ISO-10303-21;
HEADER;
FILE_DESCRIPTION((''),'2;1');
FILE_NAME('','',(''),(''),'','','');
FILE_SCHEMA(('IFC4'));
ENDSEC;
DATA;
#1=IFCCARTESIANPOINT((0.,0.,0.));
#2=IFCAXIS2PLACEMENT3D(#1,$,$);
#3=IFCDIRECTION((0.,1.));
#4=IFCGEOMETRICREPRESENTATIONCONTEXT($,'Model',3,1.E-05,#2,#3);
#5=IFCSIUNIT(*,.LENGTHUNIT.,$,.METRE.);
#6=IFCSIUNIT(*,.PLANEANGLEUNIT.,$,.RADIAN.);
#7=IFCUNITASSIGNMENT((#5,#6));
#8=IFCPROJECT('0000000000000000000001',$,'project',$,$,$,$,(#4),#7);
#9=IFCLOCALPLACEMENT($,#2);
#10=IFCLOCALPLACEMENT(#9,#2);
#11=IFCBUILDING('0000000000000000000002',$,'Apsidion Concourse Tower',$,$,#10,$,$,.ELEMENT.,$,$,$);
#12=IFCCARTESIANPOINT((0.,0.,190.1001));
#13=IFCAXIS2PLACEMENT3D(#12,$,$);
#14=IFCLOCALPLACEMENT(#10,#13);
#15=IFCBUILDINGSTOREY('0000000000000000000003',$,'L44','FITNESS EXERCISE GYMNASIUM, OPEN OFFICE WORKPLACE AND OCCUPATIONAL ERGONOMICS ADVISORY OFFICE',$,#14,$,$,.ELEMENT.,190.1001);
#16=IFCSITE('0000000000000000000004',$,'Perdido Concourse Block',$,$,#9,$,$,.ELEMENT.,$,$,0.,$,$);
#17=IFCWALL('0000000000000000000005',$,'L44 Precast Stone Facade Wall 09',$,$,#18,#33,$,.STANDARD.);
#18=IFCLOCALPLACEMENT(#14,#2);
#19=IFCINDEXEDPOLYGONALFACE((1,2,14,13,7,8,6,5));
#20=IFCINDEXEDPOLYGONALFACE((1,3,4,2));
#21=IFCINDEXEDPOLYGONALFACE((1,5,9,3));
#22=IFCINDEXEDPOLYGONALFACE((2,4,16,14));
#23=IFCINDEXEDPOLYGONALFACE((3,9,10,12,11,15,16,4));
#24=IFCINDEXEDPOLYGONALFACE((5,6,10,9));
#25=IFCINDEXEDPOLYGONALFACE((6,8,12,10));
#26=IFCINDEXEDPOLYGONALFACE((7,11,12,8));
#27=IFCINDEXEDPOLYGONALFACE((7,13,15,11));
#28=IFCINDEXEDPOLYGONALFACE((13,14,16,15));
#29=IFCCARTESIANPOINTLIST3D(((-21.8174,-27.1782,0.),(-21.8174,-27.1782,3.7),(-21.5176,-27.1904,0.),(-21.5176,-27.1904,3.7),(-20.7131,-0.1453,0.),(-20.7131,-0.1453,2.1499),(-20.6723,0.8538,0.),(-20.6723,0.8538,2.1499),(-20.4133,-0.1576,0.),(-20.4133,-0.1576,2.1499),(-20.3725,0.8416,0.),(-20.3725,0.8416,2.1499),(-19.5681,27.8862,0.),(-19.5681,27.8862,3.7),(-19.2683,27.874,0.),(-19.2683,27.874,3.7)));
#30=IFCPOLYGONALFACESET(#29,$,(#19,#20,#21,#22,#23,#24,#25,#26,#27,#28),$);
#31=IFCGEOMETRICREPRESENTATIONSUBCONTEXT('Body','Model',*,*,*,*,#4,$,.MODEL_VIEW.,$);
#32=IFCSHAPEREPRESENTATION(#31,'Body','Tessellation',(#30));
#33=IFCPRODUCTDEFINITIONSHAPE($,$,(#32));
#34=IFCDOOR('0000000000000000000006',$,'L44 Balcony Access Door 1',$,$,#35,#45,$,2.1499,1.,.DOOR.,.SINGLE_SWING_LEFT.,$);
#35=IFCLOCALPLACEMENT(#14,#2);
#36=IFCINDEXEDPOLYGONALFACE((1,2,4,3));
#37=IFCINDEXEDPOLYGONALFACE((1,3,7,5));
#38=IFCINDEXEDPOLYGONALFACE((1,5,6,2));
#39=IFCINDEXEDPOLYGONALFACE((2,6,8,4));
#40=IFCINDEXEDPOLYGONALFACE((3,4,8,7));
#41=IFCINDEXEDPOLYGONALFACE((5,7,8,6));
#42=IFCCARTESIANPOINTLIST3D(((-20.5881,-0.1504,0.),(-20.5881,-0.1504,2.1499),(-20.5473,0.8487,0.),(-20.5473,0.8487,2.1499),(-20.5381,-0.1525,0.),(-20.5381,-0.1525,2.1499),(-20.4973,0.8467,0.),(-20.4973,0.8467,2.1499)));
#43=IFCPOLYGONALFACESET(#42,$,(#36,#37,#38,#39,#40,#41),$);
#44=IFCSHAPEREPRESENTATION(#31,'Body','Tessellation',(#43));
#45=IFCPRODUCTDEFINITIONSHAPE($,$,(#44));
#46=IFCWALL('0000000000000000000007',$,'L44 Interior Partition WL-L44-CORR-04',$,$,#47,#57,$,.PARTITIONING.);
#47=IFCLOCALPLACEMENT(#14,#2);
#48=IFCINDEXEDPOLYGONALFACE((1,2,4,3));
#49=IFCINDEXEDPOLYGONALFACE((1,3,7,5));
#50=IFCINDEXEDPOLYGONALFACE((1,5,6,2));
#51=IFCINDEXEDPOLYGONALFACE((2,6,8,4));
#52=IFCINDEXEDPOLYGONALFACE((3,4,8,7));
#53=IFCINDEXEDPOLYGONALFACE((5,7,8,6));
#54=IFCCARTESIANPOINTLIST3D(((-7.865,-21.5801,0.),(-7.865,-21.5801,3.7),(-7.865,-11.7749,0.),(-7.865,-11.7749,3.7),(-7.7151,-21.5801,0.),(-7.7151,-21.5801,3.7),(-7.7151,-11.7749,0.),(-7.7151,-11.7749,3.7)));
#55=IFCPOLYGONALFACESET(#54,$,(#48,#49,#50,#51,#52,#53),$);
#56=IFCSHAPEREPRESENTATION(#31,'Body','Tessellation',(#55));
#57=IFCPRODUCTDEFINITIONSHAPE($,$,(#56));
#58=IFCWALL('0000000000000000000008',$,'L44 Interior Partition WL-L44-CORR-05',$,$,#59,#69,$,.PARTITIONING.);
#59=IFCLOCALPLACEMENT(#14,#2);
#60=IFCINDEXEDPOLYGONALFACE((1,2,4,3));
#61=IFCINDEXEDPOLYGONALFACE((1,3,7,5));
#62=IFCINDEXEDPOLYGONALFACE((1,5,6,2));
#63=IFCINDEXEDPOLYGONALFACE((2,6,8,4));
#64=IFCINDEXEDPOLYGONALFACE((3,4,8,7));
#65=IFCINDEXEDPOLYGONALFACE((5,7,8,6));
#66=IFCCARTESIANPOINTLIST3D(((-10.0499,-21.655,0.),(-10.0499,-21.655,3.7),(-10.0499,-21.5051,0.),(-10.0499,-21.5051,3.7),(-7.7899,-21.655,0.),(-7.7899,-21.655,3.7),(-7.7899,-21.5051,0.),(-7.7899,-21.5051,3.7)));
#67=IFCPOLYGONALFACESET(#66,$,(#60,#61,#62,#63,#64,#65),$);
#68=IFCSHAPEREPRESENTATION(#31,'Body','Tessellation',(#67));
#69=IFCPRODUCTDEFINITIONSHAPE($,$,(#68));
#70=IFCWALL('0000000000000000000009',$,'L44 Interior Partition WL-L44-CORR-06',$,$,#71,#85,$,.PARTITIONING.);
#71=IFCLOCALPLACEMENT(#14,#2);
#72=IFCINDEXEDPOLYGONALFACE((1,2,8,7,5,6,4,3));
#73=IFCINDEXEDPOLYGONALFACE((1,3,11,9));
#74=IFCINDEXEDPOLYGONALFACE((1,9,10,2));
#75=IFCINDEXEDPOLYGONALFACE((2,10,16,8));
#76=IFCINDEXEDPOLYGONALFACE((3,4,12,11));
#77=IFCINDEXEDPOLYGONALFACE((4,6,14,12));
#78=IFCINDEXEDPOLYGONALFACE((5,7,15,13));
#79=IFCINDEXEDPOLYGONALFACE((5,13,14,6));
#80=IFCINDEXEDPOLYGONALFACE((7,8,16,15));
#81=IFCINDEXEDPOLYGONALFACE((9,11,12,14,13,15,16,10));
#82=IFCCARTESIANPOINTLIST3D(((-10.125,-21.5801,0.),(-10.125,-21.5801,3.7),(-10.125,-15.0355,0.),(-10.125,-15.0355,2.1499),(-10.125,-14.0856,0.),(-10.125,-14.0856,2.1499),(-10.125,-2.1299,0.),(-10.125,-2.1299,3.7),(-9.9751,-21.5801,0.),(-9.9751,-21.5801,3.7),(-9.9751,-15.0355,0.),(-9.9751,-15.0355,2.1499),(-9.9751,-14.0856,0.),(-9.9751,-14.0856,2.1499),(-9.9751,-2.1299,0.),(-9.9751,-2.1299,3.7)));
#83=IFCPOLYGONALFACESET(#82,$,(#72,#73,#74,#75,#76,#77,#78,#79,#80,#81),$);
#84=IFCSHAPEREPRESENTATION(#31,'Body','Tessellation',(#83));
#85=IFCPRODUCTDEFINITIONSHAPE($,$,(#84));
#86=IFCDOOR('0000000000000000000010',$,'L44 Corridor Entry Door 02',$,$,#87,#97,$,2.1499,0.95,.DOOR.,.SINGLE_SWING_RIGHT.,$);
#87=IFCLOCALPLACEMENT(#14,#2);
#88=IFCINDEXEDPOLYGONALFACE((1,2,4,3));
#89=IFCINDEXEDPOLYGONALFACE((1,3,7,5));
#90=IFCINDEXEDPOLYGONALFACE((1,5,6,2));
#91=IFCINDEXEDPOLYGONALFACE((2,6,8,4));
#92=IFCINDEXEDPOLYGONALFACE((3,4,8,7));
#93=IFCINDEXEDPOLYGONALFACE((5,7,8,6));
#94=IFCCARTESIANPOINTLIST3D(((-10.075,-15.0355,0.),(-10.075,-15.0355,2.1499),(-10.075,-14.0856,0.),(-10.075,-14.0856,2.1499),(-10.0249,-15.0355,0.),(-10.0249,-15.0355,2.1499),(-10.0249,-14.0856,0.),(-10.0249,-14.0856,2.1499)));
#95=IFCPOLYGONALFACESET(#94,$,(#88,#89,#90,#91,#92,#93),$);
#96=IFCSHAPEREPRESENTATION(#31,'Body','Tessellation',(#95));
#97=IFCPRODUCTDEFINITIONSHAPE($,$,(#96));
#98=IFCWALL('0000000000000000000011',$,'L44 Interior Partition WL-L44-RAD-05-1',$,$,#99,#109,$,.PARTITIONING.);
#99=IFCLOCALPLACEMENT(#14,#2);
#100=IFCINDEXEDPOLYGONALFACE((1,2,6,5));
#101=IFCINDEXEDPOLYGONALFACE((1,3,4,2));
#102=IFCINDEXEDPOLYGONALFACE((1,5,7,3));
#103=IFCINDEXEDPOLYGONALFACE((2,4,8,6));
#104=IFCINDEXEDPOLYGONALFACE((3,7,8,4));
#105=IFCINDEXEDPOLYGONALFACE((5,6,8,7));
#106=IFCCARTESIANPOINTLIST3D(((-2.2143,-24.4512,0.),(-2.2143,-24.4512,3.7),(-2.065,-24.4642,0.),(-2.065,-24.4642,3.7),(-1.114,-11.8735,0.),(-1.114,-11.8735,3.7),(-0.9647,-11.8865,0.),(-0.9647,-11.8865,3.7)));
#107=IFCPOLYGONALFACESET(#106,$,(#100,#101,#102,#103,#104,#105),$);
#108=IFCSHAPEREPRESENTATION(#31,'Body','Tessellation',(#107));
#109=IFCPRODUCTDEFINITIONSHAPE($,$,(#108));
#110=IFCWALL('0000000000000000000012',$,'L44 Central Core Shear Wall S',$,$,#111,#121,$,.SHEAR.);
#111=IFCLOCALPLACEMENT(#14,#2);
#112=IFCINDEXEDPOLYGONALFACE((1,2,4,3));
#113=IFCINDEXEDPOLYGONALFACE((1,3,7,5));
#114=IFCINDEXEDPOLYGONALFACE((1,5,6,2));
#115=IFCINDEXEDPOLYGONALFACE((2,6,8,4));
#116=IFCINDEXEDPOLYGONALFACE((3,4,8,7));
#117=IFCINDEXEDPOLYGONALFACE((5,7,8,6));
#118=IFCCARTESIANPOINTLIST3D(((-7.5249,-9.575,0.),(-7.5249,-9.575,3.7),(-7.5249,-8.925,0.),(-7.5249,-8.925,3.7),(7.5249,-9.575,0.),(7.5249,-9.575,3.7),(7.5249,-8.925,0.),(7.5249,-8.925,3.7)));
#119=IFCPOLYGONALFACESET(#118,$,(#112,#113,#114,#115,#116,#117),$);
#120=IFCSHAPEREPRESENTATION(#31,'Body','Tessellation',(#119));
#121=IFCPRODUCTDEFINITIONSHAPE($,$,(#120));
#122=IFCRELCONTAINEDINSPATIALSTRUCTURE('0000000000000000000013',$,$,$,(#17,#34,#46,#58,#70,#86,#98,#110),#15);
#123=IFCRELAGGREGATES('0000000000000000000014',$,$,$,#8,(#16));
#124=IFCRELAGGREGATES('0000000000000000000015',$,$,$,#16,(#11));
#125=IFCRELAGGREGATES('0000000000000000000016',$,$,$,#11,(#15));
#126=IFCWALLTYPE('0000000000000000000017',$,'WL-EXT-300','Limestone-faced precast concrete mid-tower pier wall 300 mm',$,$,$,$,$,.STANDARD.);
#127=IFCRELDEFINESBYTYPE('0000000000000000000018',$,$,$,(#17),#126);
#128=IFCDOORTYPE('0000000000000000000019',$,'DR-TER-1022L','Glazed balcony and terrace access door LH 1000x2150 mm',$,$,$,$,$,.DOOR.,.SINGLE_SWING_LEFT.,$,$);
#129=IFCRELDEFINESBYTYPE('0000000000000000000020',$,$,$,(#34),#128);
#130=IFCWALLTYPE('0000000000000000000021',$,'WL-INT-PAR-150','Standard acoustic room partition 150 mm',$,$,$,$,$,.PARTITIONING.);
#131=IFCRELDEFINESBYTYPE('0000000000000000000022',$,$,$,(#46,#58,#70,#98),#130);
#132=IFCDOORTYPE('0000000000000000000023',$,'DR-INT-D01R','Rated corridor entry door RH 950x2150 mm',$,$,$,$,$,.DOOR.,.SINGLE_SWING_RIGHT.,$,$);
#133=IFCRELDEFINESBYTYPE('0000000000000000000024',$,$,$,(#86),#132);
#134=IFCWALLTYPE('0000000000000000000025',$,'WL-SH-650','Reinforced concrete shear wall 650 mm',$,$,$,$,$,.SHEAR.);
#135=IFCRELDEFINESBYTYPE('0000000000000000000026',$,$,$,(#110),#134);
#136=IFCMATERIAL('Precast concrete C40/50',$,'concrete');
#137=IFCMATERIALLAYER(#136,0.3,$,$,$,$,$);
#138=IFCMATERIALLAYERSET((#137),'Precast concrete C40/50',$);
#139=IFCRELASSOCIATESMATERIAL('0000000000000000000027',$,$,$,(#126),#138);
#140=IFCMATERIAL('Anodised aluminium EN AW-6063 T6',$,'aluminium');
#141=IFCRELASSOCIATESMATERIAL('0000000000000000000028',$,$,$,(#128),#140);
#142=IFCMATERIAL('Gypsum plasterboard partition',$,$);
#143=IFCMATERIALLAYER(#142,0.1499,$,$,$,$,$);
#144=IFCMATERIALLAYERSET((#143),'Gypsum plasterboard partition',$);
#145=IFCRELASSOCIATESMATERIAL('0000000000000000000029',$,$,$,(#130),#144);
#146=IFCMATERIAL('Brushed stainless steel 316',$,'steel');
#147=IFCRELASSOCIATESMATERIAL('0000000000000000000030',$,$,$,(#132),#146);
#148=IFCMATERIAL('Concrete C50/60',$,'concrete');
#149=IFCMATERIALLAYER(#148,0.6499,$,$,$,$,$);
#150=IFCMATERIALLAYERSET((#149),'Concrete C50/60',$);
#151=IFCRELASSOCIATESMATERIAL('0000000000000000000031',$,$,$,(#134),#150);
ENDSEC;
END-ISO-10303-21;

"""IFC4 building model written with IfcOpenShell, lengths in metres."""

from ifc_helpers import new_model, si_unit, direction, frame, frame_2d, origin, place, context, subcontext, project, spatial, rectangle, extrude, material, layer, layer_set, type_object, element, fill, save


model = new_model("IFC4")

# Units and contexts
model_context = context("Model", 3, precision=1e-05, world=origin(), true_north=direction((0.0, 1.0)))
body_context = subcontext(model_context, "Body", "Model", "MODEL_VIEW")
ifc_project = project(units=[si_unit("LENGTHUNIT", "METRE"), si_unit("PLANEANGLEUNIT", "RADIAN")], contexts=[model_context])

# Site, building, storey
site_placement = place(None, origin())
site = spatial("IfcSite", under=ifc_project, at=site_placement, Name="Perdido Concourse Block", CompositionType="ELEMENT", RefElevation=0.0)
building_placement = place(site_placement, origin())
building = spatial("IfcBuilding", under=site, at=building_placement, Name="Apsidion Concourse Tower", CompositionType="ELEMENT")
storey_placement = place(building_placement, frame((0.0, 0.0, 190.1001)))
storey = spatial("IfcBuildingStorey", under=building, at=storey_placement, Name="L44", Description="FITNESS EXERCISE GYMNASIUM, OPEN OFFICE WORKPLACE AND OCCUPATIONAL ERGONOMICS ADVISORY OFFICE", CompositionType="ELEMENT", Elevation=190.1001)

# Shared definitions
ifc_material_1 = material(Name="Concrete C50/60", Category="concrete")

# Shared definitions
ifc_material_2 = material(Name="Precast concrete C40/50", Category="concrete")
ifc_layer_1 = layer(ifc_material_2, 0.3)
ifc_layer_set_1 = layer_set([ifc_layer_1], Name="Precast concrete C40/50")
wall_type_1 = type_object("IfcWallType", Name="WL-EXT-300", Description="Limestone-faced precast concrete mid-tower pier wall 300 mm", PredefinedType="STANDARD", material=ifc_layer_set_1)

# Wall, opening, door
wall_1_placement = place(storey_placement, frame((-21.6675, -27.1843, 0.0), z_axis=(0.0, 0.0, 1.0), x_axis=(0.040814, 0.999167, 0.0)))
wall_1 = element("IfcWall", 1, at=wall_1_placement, inside=storey, type_object=wall_type_1, Name="L44 Precast Stone Facade Wall 09", PredefinedType="STANDARD", context=body_context, shape_type="SweptSolid", body=[
    extrude(rectangle(XDim=55.1104, YDim=0.3, at=frame_2d((27.5552, 0.0))), origin(), (0.0, 0.0, 1.0), 3.7),
])
opening_1_placement = place(wall_1_placement, frame((27.0554, 0.0, 0.0)))
opening_1 = element("IfcOpeningElement", 2, at=opening_1_placement, cuts=wall_1, PredefinedType="OPENING", context=body_context, shape_type="SweptSolid", body=[
    extrude(rectangle(XDim=1.0, YDim=2.1499, at=frame_2d((0.5, 1.075))), frame((0.0, 0.1602, 0.0), z_axis=(0.0, -1.0, 0.0), x_axis=(1.0, 0.0, 0.0)), (0.0, 0.0, 1.0), 0.3201),
])
ifc_material_3 = material(Name="Anodised aluminium EN AW-6063 T6", Category="aluminium")
door_type_1 = type_object("IfcDoorType", Name="DR-TER-1022L", Description="Glazed balcony and terrace access door LH 1000x2150 mm", OperationType="SINGLE_SWING_LEFT", PredefinedType="DOOR", material=ifc_material_3)
door_1_placement = place(opening_1_placement, origin())
door_1 = element("IfcDoor", 3, at=door_1_placement, inside=storey, type_object=door_type_1, Name="L44 Balcony Access Door 1", OperationType="SINGLE_SWING_LEFT", OverallHeight=2.1499, OverallWidth=1.0, PredefinedType="DOOR", context=body_context, shape_type="SweptSolid", body=[
    extrude(rectangle(XDim=1.0, YDim=2.1499, at=frame_2d((0.5, 1.075))), frame((0.0, 0.0249, 0.0), z_axis=(0.0, -1.0, 0.0), x_axis=(1.0, 0.0, 0.0)), (0.0, 0.0, 1.0), 0.05),
])
fill(opening_1, door_1)

# Walls
ifc_material_4 = material(Name="Gypsum plasterboard partition")
ifc_layer_2 = layer(ifc_material_4, 0.1499)
ifc_layer_set_2 = layer_set([ifc_layer_2], Name="Gypsum plasterboard partition")
wall_type_2 = type_object("IfcWallType", Name="WL-INT-PAR-150", Description="Standard acoustic room partition 150 mm", PredefinedType="PARTITIONING", material=ifc_layer_set_2)
wall_2_placement = place(storey_placement, frame((-7.79, -11.7749, 0.0), z_axis=(0.0, 0.0, 1.0), x_axis=(0.0, -1.0, 0.0)))
element("IfcWall", 4, at=wall_2_placement, inside=storey, type_object=wall_type_2, Name="L44 Interior Partition WL-L44-CORR-04", PredefinedType="PARTITIONING", context=body_context, shape_type="SweptSolid", body=[
    extrude(rectangle(XDim=9.8052, YDim=0.1499, at=frame_2d((4.9026, 0.0))), origin(), (0.0, 0.0, 1.0), 3.7),
])
wall_3_placement = place(storey_placement, frame((-7.79, -21.5801, 0.0), z_axis=(0.0, 0.0, 1.0), x_axis=(-1.0, 0.0, 0.0)))
element("IfcWall", 5, at=wall_3_placement, inside=storey, type_object=wall_type_2, Name="L44 Interior Partition WL-L44-CORR-05", PredefinedType="PARTITIONING", context=body_context, shape_type="SweptSolid", body=[
    extrude(rectangle(XDim=2.26, YDim=0.1499, at=frame_2d((1.1299, 0.0))), origin(), (0.0, 0.0, 1.0), 3.7),
])

# Wall, opening, door
wall_4_placement = place(storey_placement, frame((-10.05, -21.5801, 0.0), z_axis=(0.0, 0.0, 1.0), x_axis=(0.0, 1.0, 0.0)))
wall_4 = element("IfcWall", 6, at=wall_4_placement, inside=storey, type_object=wall_type_2, Name="L44 Interior Partition WL-L44-CORR-06", PredefinedType="PARTITIONING", context=body_context, shape_type="SweptSolid", body=[
    extrude(rectangle(XDim=19.4502, YDim=0.1499, at=frame_2d((9.7251, 0.0))), origin(), (0.0, 0.0, 1.0), 3.7),
])
opening_2_placement = place(wall_4_placement, frame((6.5444, 0.0, 0.0)))
opening_2 = element("IfcOpeningElement", 7, at=opening_2_placement, cuts=wall_4, PredefinedType="OPENING", context=body_context, shape_type="SweptSolid", body=[
    extrude(rectangle(XDim=0.95, YDim=2.1499, at=frame_2d((0.4751, 1.075))), frame((0.0, 0.085, 0.0), z_axis=(0.0, -1.0, 0.0), x_axis=(1.0, 0.0, 0.0)), (0.0, 0.0, 1.0), 0.1699),
])
ifc_material_5 = material(Name="Brushed stainless steel 316", Category="steel")
door_type_2 = type_object("IfcDoorType", Name="DR-INT-D01R", Description="Rated corridor entry door RH 950x2150 mm", OperationType="SINGLE_SWING_RIGHT", PredefinedType="DOOR", material=ifc_material_5)
door_2_placement = place(opening_2_placement, origin())
door_2 = element("IfcDoor", 8, at=door_2_placement, inside=storey, type_object=door_type_2, Name="L44 Corridor Entry Door 02", OperationType="SINGLE_SWING_RIGHT", OverallHeight=2.1499, OverallWidth=0.95, PredefinedType="DOOR", context=body_context, shape_type="SweptSolid", body=[
    extrude(rectangle(XDim=0.95, YDim=2.1499, at=frame_2d((0.4751, 1.075))), frame((0.0, 0.0249, 0.0), z_axis=(0.0, -1.0, 0.0), x_axis=(1.0, 0.0, 0.0)), (0.0, 0.0, 1.0), 0.05),
])
fill(opening_2, door_2)

# Walls
wall_5_placement = place(storey_placement, frame((-1.0393, -11.8799, 0.0), z_axis=(0.0, 0.0, 1.0), x_axis=(-0.087151, -0.996195, 0.0)))
element("IfcWall", 9, at=wall_5_placement, inside=storey, type_object=wall_type_2, Name="L44 Interior Partition WL-L44-RAD-05-1", PredefinedType="PARTITIONING", context=body_context, shape_type="SweptSolid", body=[
    extrude(rectangle(XDim=12.6257, YDim=0.1499, at=frame_2d((6.313, 0.0))), origin(), (0.0, 0.0, 1.0), 3.7),
])
ifc_layer_3 = layer(ifc_material_1, 0.6499)
ifc_layer_set_3 = layer_set([ifc_layer_3], Name="Concrete C50/60")
wall_type_3 = type_object("IfcWallType", Name="WL-SH-650", Description="Reinforced concrete shear wall 650 mm", PredefinedType="SHEAR", material=ifc_layer_set_3)
wall_6_placement = place(storey_placement, frame((-7.5249, -9.25, 0.0), z_axis=(0.0, 0.0, 1.0), x_axis=(1.0, 0.0, 0.0)))
element("IfcWall", 10, at=wall_6_placement, inside=storey, type_object=wall_type_3, Name="L44 Central Core Shear Wall S", PredefinedType="SHEAR", context=body_context, shape_type="SweptSolid", body=[
    extrude(rectangle(XDim=15.0498, YDim=0.6499, at=frame_2d((7.5249, 0.0))), origin(), (0.0, 0.0, 1.0), 3.7),
])

save(model, "model.ifc")
